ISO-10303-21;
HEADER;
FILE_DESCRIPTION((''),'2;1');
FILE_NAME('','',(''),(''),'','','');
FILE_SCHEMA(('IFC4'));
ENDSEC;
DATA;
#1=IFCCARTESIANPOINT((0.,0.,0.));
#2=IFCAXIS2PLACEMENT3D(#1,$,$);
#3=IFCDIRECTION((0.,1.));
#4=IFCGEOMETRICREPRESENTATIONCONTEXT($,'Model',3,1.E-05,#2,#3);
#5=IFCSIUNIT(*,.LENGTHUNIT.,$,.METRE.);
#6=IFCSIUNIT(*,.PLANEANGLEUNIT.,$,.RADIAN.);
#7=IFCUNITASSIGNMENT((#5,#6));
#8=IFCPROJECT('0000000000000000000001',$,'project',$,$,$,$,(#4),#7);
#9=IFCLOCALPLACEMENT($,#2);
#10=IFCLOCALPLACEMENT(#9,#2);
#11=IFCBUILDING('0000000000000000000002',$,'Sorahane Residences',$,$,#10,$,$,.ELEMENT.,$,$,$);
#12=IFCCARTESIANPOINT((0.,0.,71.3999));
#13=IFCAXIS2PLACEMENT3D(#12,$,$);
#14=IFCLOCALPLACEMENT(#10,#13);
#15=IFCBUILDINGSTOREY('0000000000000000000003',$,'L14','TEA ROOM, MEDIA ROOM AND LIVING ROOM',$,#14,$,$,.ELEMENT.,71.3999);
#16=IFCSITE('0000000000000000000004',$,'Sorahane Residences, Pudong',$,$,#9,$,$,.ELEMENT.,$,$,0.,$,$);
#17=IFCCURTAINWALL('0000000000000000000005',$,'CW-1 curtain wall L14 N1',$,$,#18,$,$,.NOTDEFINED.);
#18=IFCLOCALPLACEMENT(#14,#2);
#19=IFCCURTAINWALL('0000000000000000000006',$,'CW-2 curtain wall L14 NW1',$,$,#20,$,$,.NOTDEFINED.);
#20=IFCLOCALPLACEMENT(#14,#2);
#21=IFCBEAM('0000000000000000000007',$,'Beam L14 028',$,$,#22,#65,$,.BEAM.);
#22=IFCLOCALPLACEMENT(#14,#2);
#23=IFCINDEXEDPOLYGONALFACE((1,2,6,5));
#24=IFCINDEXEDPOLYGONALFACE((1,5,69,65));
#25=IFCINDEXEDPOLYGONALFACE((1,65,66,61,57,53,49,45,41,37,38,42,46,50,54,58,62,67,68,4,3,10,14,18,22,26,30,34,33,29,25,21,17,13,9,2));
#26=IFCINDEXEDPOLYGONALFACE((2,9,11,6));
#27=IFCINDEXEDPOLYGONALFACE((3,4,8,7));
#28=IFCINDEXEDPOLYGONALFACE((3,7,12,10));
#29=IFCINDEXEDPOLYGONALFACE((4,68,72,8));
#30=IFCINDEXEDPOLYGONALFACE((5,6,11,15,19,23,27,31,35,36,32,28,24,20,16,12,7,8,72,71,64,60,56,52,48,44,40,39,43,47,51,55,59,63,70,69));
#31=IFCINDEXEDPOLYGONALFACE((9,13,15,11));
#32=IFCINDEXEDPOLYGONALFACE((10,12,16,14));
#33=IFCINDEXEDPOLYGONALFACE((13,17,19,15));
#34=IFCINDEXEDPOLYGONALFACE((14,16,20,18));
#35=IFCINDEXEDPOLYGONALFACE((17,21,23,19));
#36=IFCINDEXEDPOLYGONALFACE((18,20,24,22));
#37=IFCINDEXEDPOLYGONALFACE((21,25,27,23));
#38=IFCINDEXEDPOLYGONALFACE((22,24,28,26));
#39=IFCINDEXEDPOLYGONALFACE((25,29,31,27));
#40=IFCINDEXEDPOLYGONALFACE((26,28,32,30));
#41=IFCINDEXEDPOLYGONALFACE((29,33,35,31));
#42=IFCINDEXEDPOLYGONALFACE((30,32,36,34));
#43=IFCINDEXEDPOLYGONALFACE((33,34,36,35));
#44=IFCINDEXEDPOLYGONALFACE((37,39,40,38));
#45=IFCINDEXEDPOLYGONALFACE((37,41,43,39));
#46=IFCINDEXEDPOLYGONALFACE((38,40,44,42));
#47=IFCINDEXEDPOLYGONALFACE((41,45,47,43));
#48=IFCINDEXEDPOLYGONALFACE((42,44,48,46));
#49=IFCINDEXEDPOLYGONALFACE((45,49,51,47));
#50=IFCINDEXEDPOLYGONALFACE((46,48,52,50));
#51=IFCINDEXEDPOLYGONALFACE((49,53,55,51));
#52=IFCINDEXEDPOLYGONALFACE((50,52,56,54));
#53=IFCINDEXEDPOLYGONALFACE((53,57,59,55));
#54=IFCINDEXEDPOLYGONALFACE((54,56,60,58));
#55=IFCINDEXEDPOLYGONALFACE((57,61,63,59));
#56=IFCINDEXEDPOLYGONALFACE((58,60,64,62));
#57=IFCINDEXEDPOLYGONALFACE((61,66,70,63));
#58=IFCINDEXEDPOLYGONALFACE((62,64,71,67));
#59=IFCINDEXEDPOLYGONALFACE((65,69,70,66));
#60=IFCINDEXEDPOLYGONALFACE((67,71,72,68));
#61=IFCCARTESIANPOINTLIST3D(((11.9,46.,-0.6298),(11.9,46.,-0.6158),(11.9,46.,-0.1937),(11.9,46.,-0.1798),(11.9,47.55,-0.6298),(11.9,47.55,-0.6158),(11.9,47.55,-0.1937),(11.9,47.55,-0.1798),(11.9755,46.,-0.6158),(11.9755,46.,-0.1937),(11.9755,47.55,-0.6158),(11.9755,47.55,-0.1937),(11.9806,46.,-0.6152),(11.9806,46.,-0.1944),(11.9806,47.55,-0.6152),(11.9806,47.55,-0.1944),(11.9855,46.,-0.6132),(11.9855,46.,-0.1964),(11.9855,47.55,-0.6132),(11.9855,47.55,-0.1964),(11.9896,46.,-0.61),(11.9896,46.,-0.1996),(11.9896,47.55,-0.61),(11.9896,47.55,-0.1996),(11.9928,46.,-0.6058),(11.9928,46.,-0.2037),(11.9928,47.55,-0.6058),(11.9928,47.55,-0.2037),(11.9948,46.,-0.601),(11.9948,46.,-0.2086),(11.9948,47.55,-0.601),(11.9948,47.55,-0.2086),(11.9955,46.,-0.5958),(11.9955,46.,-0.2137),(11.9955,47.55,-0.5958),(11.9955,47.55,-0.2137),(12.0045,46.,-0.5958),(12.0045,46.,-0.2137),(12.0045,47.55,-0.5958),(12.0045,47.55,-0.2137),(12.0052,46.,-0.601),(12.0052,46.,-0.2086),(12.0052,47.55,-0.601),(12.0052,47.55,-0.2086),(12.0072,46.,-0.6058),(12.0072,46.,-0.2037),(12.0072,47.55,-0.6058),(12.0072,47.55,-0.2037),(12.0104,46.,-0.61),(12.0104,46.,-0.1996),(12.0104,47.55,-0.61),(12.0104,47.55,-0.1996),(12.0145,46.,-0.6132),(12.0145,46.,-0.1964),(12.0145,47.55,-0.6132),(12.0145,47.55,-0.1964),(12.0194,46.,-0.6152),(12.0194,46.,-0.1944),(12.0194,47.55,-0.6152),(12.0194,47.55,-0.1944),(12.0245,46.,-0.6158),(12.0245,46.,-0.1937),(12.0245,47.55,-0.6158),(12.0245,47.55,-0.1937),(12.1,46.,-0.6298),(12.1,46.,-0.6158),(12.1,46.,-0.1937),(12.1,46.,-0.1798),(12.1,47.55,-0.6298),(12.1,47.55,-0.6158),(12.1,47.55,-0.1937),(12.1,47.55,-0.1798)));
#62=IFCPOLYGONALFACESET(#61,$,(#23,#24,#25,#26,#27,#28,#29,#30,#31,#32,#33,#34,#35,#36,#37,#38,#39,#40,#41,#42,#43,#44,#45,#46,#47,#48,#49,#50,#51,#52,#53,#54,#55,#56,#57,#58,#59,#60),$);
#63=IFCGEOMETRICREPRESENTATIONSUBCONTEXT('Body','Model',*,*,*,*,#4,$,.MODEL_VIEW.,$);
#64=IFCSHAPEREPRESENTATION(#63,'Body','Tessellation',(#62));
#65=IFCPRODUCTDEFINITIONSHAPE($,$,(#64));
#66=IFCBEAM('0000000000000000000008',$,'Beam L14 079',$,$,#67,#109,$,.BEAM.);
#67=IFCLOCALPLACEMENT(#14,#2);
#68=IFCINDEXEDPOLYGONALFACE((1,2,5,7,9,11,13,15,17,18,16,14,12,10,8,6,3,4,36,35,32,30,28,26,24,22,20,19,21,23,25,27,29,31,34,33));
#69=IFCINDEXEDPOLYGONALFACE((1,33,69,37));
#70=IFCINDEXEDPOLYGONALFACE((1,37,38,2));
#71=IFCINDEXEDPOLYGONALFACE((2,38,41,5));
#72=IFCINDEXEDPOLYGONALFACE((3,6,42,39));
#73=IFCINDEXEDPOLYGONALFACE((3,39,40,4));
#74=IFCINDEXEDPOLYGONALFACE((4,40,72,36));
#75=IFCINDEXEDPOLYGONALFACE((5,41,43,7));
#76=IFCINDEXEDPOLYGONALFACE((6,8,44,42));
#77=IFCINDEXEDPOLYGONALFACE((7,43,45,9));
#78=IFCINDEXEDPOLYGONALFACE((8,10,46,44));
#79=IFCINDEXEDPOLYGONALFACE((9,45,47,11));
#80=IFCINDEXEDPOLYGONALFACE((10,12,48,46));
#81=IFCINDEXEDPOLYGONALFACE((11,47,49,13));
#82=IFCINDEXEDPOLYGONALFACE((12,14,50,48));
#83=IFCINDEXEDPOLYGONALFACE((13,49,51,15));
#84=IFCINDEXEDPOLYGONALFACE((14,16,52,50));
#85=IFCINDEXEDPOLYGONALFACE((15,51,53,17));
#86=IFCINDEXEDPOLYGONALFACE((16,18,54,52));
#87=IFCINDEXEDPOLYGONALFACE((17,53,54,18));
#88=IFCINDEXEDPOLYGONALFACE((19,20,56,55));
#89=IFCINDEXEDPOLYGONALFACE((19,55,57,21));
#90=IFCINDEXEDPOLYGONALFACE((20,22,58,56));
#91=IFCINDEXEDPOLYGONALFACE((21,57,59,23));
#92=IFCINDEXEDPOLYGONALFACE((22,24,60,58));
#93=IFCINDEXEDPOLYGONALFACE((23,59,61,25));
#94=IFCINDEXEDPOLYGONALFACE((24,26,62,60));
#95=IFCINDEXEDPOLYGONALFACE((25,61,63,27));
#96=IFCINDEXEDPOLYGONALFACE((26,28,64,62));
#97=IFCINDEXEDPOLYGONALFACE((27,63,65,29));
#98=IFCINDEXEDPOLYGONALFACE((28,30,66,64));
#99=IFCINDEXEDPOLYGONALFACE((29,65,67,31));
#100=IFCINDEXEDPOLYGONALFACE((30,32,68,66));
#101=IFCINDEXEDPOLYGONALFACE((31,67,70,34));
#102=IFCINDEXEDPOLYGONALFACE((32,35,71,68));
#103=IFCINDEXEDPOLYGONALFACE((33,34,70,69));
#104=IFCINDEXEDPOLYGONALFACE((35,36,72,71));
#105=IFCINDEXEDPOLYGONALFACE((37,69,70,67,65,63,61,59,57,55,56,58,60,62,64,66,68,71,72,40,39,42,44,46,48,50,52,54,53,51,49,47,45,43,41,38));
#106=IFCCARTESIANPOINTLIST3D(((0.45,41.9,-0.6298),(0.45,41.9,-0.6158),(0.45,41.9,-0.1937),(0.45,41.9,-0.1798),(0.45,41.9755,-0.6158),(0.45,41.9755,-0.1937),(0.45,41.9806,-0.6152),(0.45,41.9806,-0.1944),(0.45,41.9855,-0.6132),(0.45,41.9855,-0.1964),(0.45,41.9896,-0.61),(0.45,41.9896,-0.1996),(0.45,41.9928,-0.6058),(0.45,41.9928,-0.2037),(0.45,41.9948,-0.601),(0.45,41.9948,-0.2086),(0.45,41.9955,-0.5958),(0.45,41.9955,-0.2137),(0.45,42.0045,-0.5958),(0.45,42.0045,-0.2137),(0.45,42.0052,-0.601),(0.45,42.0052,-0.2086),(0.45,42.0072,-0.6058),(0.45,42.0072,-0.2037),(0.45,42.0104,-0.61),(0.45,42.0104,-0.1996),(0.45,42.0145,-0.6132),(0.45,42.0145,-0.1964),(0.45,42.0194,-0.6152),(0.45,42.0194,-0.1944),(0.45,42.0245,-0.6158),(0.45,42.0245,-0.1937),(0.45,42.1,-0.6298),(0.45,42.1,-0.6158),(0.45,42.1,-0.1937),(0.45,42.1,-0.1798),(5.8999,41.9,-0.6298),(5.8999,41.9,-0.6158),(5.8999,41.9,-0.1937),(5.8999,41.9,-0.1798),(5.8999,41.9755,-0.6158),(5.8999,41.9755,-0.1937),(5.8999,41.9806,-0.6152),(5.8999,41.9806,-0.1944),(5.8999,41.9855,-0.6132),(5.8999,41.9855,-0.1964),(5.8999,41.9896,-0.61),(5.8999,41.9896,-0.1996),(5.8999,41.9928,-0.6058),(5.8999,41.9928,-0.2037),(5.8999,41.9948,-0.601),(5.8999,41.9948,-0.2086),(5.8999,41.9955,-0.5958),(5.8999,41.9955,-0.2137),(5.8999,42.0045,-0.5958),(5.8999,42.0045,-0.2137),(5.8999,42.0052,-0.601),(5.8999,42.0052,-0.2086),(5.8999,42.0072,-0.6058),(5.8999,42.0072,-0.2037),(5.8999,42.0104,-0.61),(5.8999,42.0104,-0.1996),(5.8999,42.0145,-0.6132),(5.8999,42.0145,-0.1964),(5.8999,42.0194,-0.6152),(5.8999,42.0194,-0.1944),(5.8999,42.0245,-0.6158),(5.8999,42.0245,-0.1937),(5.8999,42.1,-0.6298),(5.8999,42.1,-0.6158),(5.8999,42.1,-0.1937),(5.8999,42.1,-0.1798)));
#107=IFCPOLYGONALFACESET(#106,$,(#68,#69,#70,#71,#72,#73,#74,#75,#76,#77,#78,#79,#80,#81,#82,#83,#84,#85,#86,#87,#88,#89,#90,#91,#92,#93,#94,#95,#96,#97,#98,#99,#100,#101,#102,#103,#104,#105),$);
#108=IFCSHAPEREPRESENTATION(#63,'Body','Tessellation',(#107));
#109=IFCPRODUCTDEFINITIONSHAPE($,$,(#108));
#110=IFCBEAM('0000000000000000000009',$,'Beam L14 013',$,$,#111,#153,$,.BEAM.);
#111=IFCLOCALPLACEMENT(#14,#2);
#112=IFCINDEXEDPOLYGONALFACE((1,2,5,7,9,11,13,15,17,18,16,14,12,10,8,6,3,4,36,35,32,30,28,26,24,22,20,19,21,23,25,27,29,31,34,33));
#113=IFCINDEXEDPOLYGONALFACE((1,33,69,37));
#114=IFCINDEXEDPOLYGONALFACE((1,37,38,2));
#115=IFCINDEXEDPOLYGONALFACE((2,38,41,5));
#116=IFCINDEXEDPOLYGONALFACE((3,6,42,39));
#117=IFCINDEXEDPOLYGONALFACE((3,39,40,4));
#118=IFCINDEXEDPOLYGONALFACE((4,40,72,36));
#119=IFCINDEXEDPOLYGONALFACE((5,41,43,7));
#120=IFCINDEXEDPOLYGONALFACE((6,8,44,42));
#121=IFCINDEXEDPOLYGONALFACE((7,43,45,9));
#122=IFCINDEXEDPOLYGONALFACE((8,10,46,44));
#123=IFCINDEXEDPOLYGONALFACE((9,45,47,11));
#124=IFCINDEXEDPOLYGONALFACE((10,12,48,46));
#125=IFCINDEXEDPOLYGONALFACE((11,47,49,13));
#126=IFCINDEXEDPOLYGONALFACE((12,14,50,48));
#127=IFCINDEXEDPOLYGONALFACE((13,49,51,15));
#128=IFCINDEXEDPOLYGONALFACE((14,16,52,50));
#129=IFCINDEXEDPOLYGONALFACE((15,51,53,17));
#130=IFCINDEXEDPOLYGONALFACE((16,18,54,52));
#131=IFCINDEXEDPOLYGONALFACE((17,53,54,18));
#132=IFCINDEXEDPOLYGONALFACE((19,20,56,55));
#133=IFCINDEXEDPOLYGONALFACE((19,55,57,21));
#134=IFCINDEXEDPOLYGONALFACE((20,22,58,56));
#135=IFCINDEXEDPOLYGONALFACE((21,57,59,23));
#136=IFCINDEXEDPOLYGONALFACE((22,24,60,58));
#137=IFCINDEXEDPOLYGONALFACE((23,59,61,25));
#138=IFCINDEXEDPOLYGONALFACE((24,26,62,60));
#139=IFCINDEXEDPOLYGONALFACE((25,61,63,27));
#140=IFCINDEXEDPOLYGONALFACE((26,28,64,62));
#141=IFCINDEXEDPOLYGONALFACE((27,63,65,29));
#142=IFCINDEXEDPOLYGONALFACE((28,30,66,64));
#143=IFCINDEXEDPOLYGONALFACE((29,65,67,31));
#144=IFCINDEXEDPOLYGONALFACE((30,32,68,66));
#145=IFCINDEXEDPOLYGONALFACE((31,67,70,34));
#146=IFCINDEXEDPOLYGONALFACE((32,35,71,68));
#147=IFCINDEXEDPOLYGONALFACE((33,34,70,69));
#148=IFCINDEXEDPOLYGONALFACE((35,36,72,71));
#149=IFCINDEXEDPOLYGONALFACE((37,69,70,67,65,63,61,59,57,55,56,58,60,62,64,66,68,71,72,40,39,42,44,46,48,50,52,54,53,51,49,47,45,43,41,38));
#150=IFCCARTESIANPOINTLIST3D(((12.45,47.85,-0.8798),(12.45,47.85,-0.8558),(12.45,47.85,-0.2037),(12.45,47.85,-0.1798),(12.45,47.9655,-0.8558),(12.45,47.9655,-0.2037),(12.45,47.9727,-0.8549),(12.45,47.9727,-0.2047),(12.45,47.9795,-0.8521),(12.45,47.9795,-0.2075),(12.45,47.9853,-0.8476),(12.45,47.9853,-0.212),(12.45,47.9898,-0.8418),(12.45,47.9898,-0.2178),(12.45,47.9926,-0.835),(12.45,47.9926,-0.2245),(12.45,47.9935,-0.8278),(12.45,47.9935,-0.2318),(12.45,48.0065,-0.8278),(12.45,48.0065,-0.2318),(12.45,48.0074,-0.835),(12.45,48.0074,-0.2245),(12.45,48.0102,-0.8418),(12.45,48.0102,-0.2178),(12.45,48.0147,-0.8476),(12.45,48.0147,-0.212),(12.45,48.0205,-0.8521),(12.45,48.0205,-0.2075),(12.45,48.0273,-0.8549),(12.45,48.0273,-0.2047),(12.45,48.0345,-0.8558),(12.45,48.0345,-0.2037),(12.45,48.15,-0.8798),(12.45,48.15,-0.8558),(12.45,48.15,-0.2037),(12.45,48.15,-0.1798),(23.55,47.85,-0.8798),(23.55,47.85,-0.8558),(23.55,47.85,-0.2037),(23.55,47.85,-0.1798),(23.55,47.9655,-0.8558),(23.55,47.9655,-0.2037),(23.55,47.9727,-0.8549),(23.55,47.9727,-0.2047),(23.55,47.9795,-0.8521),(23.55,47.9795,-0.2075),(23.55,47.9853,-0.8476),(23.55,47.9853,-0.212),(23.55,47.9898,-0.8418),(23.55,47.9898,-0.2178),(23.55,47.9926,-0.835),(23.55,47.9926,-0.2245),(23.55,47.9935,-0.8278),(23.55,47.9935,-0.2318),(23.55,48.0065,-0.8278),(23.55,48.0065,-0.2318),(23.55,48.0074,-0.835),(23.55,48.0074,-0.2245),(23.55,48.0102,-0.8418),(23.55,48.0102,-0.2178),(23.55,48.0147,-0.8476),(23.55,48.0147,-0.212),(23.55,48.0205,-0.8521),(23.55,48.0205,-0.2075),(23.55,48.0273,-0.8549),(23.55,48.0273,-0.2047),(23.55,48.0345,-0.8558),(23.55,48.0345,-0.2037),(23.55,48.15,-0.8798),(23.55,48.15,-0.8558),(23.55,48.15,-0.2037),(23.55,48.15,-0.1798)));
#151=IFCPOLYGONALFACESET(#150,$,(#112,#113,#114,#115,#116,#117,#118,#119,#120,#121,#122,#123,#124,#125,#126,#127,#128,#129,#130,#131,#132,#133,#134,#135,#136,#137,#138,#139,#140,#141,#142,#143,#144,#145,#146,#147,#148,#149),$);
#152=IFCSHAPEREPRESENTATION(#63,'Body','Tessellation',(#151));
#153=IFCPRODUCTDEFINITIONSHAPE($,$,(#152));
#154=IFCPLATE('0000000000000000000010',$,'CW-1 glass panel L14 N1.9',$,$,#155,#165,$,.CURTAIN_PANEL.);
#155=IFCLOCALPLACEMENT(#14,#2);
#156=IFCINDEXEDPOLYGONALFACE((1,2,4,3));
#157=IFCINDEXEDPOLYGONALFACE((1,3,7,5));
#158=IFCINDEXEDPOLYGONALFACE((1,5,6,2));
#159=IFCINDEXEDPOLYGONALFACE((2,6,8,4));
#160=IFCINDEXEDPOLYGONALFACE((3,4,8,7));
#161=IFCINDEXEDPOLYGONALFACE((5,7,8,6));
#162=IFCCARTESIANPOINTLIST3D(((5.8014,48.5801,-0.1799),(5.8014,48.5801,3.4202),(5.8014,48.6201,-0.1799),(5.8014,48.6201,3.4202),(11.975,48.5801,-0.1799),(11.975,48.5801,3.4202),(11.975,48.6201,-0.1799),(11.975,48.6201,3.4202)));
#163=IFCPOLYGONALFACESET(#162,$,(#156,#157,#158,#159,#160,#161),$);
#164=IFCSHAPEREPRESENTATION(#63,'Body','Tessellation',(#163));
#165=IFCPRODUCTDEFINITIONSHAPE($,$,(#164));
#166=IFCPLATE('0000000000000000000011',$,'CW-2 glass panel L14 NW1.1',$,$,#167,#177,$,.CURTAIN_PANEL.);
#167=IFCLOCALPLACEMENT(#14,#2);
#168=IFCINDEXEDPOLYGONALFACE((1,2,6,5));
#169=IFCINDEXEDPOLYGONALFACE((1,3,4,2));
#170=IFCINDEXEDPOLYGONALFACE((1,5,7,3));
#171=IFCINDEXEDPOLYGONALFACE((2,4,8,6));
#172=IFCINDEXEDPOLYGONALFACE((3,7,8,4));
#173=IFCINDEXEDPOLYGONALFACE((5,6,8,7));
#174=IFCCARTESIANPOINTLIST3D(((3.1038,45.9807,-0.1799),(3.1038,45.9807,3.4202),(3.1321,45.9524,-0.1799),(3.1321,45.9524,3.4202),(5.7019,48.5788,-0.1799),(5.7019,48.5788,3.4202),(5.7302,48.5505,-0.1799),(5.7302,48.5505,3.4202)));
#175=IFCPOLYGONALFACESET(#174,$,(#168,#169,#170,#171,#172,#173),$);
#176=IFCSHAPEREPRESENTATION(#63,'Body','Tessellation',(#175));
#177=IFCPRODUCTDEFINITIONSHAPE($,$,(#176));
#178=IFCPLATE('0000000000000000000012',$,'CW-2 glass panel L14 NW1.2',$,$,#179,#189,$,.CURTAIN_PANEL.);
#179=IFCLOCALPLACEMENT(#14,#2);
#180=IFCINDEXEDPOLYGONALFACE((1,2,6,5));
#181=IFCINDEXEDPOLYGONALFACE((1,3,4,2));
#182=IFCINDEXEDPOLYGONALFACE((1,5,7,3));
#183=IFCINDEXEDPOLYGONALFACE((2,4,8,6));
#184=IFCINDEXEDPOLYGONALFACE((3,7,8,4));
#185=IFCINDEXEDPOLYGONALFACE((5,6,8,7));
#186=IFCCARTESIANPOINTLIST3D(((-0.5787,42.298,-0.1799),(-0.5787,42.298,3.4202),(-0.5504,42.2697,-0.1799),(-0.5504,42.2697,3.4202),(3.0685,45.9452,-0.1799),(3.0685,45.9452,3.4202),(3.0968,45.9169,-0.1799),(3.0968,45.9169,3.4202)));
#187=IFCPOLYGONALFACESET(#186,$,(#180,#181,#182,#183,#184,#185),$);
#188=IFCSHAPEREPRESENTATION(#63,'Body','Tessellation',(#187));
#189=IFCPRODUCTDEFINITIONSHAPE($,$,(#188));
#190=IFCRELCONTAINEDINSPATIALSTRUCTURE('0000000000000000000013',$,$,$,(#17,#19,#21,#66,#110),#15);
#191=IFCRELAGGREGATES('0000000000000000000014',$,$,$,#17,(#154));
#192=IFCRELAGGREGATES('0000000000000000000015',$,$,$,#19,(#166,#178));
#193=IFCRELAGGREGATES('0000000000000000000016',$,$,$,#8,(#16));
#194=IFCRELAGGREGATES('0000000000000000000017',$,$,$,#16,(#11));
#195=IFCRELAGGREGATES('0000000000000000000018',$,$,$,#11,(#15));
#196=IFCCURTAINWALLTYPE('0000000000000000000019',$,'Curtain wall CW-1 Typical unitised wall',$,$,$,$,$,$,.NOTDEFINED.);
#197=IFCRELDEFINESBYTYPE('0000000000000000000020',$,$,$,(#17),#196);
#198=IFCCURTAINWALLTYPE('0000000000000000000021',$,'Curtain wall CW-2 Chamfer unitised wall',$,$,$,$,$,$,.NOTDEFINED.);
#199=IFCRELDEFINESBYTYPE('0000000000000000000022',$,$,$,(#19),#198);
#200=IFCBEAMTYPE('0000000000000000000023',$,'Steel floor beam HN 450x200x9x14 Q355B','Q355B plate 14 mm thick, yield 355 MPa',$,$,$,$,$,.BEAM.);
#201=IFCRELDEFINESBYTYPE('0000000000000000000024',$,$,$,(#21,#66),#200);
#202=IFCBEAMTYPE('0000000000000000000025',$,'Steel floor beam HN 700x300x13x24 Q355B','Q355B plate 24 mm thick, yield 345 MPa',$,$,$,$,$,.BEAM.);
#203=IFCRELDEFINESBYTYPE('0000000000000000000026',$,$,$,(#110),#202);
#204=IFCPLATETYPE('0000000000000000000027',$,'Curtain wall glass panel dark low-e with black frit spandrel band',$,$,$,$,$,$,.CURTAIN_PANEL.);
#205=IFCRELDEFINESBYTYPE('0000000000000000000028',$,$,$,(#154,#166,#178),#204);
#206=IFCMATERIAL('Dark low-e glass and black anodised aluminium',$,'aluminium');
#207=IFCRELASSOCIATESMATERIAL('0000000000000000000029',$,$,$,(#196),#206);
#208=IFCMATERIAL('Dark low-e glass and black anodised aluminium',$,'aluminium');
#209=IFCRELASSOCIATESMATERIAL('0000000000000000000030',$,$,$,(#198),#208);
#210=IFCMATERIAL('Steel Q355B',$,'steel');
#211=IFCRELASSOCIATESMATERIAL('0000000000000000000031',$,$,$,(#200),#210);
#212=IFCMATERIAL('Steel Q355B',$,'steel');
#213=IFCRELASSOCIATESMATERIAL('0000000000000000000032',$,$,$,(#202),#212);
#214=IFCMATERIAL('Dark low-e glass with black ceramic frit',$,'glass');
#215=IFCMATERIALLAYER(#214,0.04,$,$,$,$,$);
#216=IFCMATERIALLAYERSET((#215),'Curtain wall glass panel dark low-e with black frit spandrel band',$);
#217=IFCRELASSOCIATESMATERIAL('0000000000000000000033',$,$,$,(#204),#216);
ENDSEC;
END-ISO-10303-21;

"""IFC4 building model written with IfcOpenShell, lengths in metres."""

from ifc_helpers import new_model, si_unit, direction, frame, origin, origin_2d, place, context, subcontext, project, spatial, rectangle, i_section, extrude, material, layer, layer_set, material_profile, profile_set, type_object, element, aggregate, save


model = new_model("IFC4")

# Units and contexts
model_context = context("Model", 3, precision=1e-05, world=origin(), true_north=direction((0.0, 1.0)))
body_context = subcontext(model_context, "Body", "Model", "MODEL_VIEW")
ifc_project = project(units=[si_unit("LENGTHUNIT", "METRE"), si_unit("PLANEANGLEUNIT", "RADIAN")], contexts=[model_context])

# Site, building, storey
site_placement = place(None, origin())
site = spatial("IfcSite", under=ifc_project, at=site_placement, Name="Sorahane Residences, Pudong", CompositionType="ELEMENT", RefElevation=0.0)
building_placement = place(site_placement, origin())
building = spatial("IfcBuilding", under=site, at=building_placement, Name="Sorahane Residences", CompositionType="ELEMENT")
storey_placement = place(building_placement, frame((0.0, 0.0, 71.3999)))
storey = spatial("IfcBuildingStorey", under=building, at=storey_placement, Name="L14", Description="TEA ROOM, MEDIA ROOM AND LIVING ROOM", CompositionType="ELEMENT", Elevation=71.3999)

# Curtain walls
ifc_material_1 = material(Name="Dark low-e glass and black anodised aluminium", Category="aluminium")
curtain_wall_type_1 = type_object("IfcCurtainWallType", Name="Curtain wall CW-1 Typical unitised wall", PredefinedType="NOTDEFINED", material=ifc_material_1)
curtain_wall_1_placement = place(storey_placement, origin())
curtain_wall_1 = element("IfcCurtainWall", 1, at=curtain_wall_1_placement, inside=storey, type_object=curtain_wall_type_1, Name="CW-1 curtain wall L14 N1", PredefinedType="NOTDEFINED")
ifc_material_2 = material(Name="Dark low-e glass and black anodised aluminium", Category="aluminium")
curtain_wall_type_2 = type_object("IfcCurtainWallType", Name="Curtain wall CW-2 Chamfer unitised wall", PredefinedType="NOTDEFINED", material=ifc_material_2)
curtain_wall_2_placement = place(storey_placement, origin())
curtain_wall_2 = element("IfcCurtainWall", 2, at=curtain_wall_2_placement, inside=storey, type_object=curtain_wall_type_2, Name="CW-2 curtain wall L14 NW1", PredefinedType="NOTDEFINED")

# Beams
ifc_material_3 = material(Name="Steel Q355B", Category="steel")
ifc_material_profile_1 = material_profile(ifc_material_3, i_section(OverallWidth=0.2, OverallDepth=0.45, WebThickness=0.009, FlangeThickness=0.0139, FilletRadius=0.02, at=origin_2d()), Name="HN 450x200x9x14")
ifc_profile_set_1 = profile_set([ifc_material_profile_1], Name="Steel Q355B")
beam_type_1 = type_object("IfcBeamType", Name="Steel floor beam HN 450x200x9x14 Q355B", Description="Q355B plate 14 mm thick, yield 355 MPa", PredefinedType="BEAM", material=ifc_profile_set_1)
for number, where, z_axis, x_axis, name in (
    (3, (12.0, 46.0, -0.4048), (0.0, 1.0, 0.0), (-1.0, 0.0, 0.0), "Beam L14 028"),
):
    element("IfcBeam", number, at=place(storey_placement, frame(where, z_axis=z_axis, x_axis=x_axis)), inside=storey, type_object=beam_type_1, Name=name, PredefinedType="BEAM", context=body_context, shape_type="SweptSolid", body=[
        extrude(i_section(OverallWidth=0.2, OverallDepth=0.45, WebThickness=0.009, FlangeThickness=0.0139, FilletRadius=0.02, at=origin_2d()), origin(), (0.0, 0.0, 1.0), 1.55),
    ])
beam_1_placement = place(storey_placement, frame((0.45, 42.0, -0.4048), z_axis=(1.0, 0.0, 0.0), x_axis=(0.0, 1.0, 0.0)))
element("IfcBeam", 4, at=beam_1_placement, inside=storey, type_object=beam_type_1, Name="Beam L14 079", PredefinedType="BEAM", context=body_context, shape_type="SweptSolid", body=[
    extrude(i_section(OverallWidth=0.2, OverallDepth=0.45, WebThickness=0.009, FlangeThickness=0.0139, FilletRadius=0.02, at=origin_2d()), origin(), (0.0, 0.0, 1.0), 5.45),
])
ifc_material_4 = material(Name="Steel Q355B", Category="steel")
ifc_material_profile_2 = material_profile(ifc_material_4, i_section(OverallWidth=0.3, OverallDepth=0.7, WebThickness=0.0129, FlangeThickness=0.0239, FilletRadius=0.0281, at=origin_2d()), Name="HN 700x300x13x24")
ifc_profile_set_2 = profile_set([ifc_material_profile_2], Name="Steel Q355B")
beam_type_2 = type_object("IfcBeamType", Name="Steel floor beam HN 700x300x13x24 Q355B", Description="Q355B plate 24 mm thick, yield 345 MPa", PredefinedType="BEAM", material=ifc_profile_set_2)
beam_2_placement = place(storey_placement, frame((12.45, 48.0, -0.5298), z_axis=(1.0, 0.0, 0.0), x_axis=(0.0, 1.0, 0.0)))
element("IfcBeam", 5, at=beam_2_placement, inside=storey, type_object=beam_type_2, Name="Beam L14 013", PredefinedType="BEAM", context=body_context, shape_type="SweptSolid", body=[
    extrude(i_section(OverallWidth=0.3, OverallDepth=0.7, WebThickness=0.0129, FlangeThickness=0.0239, FilletRadius=0.0281, at=origin_2d()), origin(), (0.0, 0.0, 1.0), 11.1001),
])

# Plates
ifc_material_5 = material(Name="Dark low-e glass with black ceramic frit", Category="glass")
ifc_layer_1 = layer(ifc_material_5, 0.04)
ifc_layer_set_1 = layer_set([ifc_layer_1], Name="Curtain wall glass panel dark low-e with black frit spandrel band")
plate_type = type_object("IfcPlateType", Name="Curtain wall glass panel dark low-e with black frit spandrel band", PredefinedType="CURTAIN_PANEL", material=ifc_layer_set_1)
plate_1_placement = place(storey_placement, frame((8.8882, 48.6001, -0.1799), z_axis=(0.0, 0.0, 1.0), x_axis=(-1.0, 0.0, 0.0)))
plate_1 = element("IfcPlate", 6, at=plate_1_placement, type_object=plate_type, Name="CW-1 glass panel L14 N1.9", PredefinedType="CURTAIN_PANEL", context=body_context, shape_type="SweptSolid", body=[
    extrude(rectangle(XDim=6.1736, YDim=0.04, at=origin_2d()), origin(), (0.0, 0.0, 1.0), 3.6001),
])
aggregate(curtain_wall_1, [plate_1])
plate_2_placement = place(storey_placement, frame((4.417, 47.2656, -0.1799), z_axis=(0.0, 0.0, 1.0), x_axis=(-0.707107, -0.707107, 0.0)))
plate_2 = element("IfcPlate", 7, at=plate_2_placement, type_object=plate_type, Name="CW-2 glass panel L14 NW1.1", PredefinedType="CURTAIN_PANEL", context=body_context, shape_type="SweptSolid", body=[
    extrude(rectangle(XDim=3.6743, YDim=0.04, at=origin_2d()), origin(), (0.0, 0.0, 1.0), 3.6001),
])
plate_3_placement = place(storey_placement, frame((1.259, 44.1074, -0.1799), z_axis=(0.0, 0.0, 1.0), x_axis=(-0.707107, -0.707107, 0.0)))
plate_3 = element("IfcPlate", 8, at=plate_3_placement, type_object=plate_type, Name="CW-2 glass panel L14 NW1.2", PredefinedType="CURTAIN_PANEL", context=body_context, shape_type="SweptSolid", body=[
    extrude(rectangle(XDim=5.158, YDim=0.04, at=origin_2d()), origin(), (0.0, 0.0, 1.0), 3.6001),
])
aggregate(curtain_wall_2, [plate_2, plate_3])

save(model, "model.ifc")
